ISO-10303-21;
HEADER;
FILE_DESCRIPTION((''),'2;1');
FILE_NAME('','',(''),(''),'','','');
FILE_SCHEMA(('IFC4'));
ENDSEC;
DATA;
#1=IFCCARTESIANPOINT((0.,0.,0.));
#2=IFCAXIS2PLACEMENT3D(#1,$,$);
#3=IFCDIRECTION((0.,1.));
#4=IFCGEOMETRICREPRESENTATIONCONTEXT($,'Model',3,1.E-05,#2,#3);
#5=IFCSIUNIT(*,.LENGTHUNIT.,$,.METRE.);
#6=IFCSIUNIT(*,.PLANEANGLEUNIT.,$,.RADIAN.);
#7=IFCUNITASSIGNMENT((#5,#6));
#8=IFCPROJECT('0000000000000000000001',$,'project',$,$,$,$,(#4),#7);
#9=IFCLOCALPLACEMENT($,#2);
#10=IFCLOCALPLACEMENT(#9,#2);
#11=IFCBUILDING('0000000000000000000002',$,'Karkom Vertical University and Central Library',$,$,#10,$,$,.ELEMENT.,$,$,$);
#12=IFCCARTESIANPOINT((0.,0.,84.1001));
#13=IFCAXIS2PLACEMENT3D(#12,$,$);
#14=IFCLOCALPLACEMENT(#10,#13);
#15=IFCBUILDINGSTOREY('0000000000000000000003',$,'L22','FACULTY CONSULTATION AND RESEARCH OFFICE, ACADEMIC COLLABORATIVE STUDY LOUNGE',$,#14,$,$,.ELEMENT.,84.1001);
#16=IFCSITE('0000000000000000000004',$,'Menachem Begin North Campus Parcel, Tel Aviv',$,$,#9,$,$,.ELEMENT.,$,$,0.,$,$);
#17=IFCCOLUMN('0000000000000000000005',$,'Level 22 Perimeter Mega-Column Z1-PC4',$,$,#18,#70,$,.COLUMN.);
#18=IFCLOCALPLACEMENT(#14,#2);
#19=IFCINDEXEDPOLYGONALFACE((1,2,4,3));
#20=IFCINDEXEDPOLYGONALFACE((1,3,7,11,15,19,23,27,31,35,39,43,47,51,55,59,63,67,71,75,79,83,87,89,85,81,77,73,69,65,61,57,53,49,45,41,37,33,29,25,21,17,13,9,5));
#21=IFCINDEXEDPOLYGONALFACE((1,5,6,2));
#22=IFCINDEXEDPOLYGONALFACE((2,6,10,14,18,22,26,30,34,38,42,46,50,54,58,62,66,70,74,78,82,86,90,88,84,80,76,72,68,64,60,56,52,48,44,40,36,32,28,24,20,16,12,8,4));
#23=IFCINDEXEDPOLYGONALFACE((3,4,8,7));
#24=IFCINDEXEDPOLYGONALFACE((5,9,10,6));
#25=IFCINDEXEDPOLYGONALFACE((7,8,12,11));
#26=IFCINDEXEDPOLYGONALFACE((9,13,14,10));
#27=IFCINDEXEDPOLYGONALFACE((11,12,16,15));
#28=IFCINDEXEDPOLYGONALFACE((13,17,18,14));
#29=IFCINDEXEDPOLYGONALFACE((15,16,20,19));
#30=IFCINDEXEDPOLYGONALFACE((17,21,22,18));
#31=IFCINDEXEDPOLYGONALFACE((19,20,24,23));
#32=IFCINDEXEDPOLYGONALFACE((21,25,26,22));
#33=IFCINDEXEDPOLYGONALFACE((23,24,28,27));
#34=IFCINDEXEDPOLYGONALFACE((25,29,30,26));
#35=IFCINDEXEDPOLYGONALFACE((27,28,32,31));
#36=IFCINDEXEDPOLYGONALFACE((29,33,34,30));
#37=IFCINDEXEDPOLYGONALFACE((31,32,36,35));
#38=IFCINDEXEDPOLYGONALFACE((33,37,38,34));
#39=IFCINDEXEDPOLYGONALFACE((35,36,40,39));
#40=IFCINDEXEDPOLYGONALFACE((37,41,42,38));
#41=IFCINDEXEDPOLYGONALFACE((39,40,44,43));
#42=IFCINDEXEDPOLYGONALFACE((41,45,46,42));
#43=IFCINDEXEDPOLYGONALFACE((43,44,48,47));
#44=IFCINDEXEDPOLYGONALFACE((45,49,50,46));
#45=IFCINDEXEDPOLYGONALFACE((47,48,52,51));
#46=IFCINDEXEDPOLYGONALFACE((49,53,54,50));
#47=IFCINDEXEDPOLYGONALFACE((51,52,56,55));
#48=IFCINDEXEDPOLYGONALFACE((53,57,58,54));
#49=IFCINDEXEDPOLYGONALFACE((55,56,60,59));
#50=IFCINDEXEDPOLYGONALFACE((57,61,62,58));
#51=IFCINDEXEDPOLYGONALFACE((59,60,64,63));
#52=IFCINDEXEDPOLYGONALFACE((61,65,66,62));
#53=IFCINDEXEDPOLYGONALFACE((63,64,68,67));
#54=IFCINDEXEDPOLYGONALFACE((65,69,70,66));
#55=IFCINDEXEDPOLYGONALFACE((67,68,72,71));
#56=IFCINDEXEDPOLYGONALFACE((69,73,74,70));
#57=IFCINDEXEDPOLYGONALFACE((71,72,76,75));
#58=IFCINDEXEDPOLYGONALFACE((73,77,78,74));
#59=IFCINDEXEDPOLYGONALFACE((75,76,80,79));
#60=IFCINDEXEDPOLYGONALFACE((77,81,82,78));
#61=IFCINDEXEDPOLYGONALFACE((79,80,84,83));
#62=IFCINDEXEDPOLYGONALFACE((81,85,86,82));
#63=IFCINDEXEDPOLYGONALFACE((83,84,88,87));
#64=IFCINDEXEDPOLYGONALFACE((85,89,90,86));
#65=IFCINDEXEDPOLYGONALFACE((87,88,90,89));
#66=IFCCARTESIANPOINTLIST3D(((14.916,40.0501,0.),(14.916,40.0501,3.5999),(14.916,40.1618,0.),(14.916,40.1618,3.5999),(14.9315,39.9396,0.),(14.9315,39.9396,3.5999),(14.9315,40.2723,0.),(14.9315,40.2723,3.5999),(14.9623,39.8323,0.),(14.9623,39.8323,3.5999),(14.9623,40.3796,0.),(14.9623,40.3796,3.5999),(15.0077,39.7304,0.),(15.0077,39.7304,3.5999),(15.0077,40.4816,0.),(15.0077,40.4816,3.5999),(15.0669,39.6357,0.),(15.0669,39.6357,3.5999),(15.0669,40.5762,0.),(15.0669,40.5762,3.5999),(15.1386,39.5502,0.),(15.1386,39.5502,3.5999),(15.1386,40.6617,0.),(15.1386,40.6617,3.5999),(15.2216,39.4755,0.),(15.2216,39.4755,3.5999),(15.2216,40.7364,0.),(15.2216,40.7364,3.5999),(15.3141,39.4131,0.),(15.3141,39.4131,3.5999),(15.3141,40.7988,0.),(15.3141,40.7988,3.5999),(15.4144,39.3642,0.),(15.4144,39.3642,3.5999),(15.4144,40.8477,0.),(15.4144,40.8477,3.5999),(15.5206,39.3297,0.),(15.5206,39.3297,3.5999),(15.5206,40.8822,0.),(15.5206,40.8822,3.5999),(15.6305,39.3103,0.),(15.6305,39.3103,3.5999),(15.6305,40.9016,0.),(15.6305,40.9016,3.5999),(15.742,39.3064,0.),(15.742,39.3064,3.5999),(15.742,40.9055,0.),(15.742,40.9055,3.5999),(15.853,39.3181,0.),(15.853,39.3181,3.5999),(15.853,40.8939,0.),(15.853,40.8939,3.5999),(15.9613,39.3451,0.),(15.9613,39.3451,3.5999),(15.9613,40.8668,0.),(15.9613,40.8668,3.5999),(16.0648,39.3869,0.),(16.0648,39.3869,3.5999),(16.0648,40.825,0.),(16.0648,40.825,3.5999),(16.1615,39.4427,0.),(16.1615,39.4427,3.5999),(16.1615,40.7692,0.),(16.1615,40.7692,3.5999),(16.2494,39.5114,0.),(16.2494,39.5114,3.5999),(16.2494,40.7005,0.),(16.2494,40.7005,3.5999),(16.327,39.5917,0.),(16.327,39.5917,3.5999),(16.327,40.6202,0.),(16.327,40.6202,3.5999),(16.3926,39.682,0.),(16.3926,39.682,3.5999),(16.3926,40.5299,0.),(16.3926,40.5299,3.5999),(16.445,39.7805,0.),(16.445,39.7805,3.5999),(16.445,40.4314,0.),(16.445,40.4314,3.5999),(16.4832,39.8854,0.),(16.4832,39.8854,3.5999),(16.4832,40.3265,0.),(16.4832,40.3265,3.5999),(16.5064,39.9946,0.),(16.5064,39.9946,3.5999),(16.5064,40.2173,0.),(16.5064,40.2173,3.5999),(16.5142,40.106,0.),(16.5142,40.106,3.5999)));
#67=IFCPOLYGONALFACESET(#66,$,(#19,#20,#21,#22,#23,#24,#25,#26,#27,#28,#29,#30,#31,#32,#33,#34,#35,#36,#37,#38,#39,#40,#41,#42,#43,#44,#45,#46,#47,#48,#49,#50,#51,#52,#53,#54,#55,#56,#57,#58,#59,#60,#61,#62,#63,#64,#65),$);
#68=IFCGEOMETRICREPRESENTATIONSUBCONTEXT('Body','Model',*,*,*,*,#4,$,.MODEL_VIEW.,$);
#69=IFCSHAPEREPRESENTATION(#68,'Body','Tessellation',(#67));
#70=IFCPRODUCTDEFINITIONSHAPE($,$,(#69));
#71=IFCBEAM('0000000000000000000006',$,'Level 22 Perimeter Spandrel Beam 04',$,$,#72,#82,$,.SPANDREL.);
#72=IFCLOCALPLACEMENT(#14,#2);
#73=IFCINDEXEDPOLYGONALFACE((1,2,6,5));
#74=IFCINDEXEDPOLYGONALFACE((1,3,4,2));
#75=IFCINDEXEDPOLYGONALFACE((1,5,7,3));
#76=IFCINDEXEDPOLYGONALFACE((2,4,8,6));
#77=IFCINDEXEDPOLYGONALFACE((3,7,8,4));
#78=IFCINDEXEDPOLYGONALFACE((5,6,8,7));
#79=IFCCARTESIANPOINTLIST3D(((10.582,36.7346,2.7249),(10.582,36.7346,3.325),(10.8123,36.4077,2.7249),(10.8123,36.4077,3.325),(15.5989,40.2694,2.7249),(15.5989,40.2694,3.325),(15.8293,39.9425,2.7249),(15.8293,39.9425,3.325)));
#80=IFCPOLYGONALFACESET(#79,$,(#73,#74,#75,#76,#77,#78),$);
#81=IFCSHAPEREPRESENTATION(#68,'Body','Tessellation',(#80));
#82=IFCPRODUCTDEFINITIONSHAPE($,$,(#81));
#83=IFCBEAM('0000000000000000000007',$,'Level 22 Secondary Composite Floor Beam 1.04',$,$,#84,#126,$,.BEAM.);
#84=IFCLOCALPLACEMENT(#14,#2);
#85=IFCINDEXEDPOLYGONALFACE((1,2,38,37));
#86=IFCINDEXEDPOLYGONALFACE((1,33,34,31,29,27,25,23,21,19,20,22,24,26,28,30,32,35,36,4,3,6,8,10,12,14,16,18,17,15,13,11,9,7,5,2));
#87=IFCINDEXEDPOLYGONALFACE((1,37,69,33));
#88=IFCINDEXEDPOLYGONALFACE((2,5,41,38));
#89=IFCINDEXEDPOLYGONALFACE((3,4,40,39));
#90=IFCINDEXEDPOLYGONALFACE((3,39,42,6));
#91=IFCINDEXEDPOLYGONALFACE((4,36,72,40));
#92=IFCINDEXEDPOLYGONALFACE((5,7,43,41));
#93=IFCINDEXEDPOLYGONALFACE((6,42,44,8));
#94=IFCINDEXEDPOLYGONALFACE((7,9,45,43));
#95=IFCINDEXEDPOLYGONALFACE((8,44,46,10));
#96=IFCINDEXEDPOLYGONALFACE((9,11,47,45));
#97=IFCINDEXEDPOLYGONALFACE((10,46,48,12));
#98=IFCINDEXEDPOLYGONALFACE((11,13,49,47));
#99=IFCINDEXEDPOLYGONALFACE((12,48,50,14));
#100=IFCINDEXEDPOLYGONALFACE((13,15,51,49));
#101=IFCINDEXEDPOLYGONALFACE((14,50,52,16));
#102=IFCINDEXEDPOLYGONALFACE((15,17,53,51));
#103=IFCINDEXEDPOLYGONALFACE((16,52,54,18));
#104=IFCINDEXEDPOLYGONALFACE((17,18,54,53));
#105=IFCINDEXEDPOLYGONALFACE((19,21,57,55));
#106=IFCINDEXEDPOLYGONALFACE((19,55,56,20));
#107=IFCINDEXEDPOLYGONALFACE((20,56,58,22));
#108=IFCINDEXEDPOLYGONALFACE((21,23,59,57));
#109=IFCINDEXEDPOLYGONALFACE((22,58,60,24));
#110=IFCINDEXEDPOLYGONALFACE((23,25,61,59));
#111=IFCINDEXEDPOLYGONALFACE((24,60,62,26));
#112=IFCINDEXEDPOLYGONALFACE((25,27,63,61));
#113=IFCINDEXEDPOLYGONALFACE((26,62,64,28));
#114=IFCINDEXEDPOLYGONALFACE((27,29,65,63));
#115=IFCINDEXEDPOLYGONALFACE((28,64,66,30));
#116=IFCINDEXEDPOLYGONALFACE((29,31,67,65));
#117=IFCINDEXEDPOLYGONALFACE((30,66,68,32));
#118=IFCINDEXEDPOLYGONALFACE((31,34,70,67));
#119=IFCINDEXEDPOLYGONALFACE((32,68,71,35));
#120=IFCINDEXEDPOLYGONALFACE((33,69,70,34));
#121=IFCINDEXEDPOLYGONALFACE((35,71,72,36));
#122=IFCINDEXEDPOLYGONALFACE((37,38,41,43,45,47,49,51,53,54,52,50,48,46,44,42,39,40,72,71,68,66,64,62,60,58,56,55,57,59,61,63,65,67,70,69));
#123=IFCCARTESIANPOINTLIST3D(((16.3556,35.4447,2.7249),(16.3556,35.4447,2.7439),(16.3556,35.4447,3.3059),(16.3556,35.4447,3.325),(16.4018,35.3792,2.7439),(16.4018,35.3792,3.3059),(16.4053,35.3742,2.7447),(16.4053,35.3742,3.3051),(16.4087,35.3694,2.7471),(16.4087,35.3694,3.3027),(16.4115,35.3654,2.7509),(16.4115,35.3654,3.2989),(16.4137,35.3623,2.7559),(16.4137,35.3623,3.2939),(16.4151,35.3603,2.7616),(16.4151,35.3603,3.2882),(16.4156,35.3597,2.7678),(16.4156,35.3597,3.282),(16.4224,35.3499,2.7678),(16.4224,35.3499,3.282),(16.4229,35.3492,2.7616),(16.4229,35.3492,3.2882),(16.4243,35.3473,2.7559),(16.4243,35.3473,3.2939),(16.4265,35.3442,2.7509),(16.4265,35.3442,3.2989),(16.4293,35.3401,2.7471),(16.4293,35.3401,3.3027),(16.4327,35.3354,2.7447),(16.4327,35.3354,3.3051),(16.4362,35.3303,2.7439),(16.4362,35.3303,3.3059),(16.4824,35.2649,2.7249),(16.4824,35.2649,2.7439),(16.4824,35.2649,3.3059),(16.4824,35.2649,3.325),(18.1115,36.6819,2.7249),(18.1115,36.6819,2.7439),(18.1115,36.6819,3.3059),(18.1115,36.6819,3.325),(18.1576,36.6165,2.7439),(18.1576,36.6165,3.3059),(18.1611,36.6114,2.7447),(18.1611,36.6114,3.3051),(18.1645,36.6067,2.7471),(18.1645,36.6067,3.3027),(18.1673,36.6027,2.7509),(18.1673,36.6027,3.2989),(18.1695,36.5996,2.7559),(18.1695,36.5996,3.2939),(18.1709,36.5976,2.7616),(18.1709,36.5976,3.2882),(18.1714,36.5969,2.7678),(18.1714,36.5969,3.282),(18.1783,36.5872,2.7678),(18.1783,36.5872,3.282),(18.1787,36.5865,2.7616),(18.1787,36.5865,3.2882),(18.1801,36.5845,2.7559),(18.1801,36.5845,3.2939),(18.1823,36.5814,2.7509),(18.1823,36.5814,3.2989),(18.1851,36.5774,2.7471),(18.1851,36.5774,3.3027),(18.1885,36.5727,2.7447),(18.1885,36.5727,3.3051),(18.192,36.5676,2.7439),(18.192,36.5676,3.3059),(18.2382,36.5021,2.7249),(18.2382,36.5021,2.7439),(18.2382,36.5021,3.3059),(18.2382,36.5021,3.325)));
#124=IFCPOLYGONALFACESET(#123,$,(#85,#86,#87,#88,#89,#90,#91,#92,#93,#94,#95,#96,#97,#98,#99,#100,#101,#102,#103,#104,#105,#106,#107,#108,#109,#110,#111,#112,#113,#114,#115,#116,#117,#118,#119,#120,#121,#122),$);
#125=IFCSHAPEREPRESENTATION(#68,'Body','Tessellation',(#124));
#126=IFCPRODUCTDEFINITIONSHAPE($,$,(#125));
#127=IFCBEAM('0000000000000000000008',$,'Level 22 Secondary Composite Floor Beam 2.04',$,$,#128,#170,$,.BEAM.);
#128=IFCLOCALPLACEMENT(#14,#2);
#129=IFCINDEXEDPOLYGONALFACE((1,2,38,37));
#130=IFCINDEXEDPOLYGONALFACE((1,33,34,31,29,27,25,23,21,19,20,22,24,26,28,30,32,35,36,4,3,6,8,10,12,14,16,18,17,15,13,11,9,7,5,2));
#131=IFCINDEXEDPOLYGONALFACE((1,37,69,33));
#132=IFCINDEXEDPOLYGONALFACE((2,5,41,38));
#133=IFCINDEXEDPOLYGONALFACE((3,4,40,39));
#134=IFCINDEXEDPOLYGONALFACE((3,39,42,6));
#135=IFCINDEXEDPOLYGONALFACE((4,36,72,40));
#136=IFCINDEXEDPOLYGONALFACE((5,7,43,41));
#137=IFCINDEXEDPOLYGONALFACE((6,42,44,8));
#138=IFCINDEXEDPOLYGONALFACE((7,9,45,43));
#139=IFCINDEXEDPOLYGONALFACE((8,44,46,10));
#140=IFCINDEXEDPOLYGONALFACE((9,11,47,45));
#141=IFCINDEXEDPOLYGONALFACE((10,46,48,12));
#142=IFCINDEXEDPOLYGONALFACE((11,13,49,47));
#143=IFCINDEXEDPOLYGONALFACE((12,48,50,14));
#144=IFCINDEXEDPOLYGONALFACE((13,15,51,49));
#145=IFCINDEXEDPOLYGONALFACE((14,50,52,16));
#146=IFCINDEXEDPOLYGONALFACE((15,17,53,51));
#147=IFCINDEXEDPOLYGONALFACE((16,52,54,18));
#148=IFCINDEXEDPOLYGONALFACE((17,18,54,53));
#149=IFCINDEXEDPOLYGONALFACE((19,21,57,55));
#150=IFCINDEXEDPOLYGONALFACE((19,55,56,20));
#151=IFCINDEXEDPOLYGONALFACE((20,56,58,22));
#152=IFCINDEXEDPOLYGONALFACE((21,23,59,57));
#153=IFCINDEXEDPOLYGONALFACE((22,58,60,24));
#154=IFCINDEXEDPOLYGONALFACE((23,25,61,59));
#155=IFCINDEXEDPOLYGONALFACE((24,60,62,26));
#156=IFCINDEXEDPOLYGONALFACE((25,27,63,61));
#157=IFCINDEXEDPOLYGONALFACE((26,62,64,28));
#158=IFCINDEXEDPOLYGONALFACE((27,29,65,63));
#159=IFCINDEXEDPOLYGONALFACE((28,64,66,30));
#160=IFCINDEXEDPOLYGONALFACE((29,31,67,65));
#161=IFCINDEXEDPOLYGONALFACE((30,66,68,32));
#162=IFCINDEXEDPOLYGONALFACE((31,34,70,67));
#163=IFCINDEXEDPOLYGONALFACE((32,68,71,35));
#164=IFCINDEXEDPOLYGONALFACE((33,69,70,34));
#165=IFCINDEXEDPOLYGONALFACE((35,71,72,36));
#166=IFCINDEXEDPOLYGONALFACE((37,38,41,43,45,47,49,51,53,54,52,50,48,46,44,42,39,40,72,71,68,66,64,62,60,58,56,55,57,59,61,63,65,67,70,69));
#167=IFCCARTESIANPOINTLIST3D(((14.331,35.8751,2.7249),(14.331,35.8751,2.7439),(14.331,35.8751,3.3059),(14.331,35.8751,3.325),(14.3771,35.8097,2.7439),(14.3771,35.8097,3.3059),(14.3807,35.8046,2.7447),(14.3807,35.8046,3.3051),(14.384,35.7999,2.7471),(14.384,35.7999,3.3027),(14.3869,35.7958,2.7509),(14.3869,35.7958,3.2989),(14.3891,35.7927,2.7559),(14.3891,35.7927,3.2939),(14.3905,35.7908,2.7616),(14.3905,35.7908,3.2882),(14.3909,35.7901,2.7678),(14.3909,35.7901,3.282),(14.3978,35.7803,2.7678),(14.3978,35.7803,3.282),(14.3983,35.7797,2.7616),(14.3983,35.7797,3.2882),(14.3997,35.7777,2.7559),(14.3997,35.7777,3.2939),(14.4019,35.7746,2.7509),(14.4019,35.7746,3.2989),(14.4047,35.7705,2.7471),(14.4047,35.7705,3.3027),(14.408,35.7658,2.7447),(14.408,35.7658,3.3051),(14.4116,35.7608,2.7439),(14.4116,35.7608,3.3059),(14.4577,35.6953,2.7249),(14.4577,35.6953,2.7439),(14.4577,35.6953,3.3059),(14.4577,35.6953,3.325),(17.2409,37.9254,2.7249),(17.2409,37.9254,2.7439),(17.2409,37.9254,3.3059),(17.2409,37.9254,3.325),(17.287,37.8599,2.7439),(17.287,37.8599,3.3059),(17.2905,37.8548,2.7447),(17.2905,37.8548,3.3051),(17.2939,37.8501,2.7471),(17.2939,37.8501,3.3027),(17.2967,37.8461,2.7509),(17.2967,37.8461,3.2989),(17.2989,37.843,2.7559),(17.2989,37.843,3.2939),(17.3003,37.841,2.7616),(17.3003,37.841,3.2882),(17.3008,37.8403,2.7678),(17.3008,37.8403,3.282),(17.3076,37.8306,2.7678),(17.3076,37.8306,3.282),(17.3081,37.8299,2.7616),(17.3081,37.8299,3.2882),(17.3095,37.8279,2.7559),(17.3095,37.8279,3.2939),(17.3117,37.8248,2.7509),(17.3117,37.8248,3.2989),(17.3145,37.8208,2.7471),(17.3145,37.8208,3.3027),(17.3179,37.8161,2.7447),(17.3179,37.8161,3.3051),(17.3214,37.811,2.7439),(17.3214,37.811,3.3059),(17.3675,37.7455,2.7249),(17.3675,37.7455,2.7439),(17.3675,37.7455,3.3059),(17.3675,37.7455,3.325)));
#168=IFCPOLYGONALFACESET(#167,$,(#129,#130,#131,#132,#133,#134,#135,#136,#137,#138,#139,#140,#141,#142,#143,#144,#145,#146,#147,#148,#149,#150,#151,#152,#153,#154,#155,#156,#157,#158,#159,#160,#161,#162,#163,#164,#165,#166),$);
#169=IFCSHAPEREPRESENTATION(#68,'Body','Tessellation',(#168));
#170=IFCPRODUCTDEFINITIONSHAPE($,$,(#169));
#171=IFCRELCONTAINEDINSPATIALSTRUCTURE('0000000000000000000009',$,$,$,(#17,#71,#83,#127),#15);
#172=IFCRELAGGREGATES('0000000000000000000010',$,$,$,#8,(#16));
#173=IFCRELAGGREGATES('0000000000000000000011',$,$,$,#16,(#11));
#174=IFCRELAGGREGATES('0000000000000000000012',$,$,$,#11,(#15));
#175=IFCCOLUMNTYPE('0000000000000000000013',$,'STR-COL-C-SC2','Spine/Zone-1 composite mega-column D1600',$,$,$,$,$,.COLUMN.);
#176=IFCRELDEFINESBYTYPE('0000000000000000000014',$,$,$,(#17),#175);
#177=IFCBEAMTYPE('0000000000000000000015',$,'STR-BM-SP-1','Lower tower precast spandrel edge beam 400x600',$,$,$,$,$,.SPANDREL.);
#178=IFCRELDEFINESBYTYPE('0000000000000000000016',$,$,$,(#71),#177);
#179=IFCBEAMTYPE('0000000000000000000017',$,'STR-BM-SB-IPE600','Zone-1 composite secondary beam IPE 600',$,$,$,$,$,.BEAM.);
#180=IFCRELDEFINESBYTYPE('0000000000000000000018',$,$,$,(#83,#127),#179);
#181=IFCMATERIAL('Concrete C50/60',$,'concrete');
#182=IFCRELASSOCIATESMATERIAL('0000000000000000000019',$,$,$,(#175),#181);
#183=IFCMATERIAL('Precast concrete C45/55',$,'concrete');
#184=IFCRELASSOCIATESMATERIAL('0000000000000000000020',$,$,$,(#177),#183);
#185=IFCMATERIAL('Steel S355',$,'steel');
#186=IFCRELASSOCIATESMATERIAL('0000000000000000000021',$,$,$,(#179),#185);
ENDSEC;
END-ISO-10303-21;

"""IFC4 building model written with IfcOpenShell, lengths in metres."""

from ifc_helpers import new_model, si_unit, direction, frame, origin, origin_with_axes, origin_2d, place, context, subcontext, project, spatial, rectangle, circle, i_section, extrude, source, transform, mapped, material, material_profile, profile_set, type_object, element, save


model = new_model("IFC4")

# Units and contexts
model_context = context("Model", 3, precision=1e-05, world=origin(), true_north=direction((0.0, 1.0)))
body_context = subcontext(model_context, "Body", "Model", "MODEL_VIEW")
ifc_project = project(units=[si_unit("LENGTHUNIT", "METRE"), si_unit("PLANEANGLEUNIT", "RADIAN")], contexts=[model_context])

# Site, building, storey
site_placement = place(None, origin())
site = spatial("IfcSite", under=ifc_project, at=site_placement, Name="Menachem Begin North Campus Parcel, Tel Aviv", CompositionType="ELEMENT", RefElevation=0.0)
building_placement = place(site_placement, origin())
building = spatial("IfcBuilding", under=site, at=building_placement, Name="Karkom Vertical University and Central Library", CompositionType="ELEMENT")
storey_placement = place(building_placement, frame((0.0, 0.0, 84.1001)))
storey = spatial("IfcBuildingStorey", under=building, at=storey_placement, Name="L22", Description="FACULTY CONSULTATION AND RESEARCH OFFICE, ACADEMIC COLLABORATIVE STUDY LOUNGE", CompositionType="ELEMENT", Elevation=84.1001)

# Column
ifc_material_1 = material(Name="Concrete C50/60", Category="concrete")
ifc_material_profile_1 = material_profile(ifc_material_1, circle(Radius=0.8, at=origin_2d()), Name="CFT-D1600")
ifc_profile_set_1 = profile_set([ifc_material_profile_1], Name="Concrete C50/60")
column_type = type_object("IfcColumnType", Name="STR-COL-C-SC2", Description="Spine/Zone-1 composite mega-column D1600", PredefinedType="COLUMN", material=ifc_profile_set_1)
shared_shape_1 = source(origin_with_axes(), body_context, "Body", "SweptSolid", [
    extrude(circle(Radius=0.8, at=origin_2d()), origin(), (0.0, 0.0, 1.0), 3.5999),
])
column_placement = place(storey_placement, frame((15.7141, 40.106, 0.0), z_axis=(0.0, 0.0, 1.0), x_axis=(1.0, 0.0, 0.0)))
element("IfcColumn", 1, at=column_placement, inside=storey, type_object=column_type, Name="Level 22 Perimeter Mega-Column Z1-PC4", PredefinedType="COLUMN", context=body_context, shape_type="MappedRepresentation", body=[
    mapped(shared_shape_1, transform((0.0, 0.0, 0.0), scale=1.0)),
])

# Beams
ifc_material_2 = material(Name="Precast concrete C45/55", Category="concrete")
ifc_material_profile_2 = material_profile(ifc_material_2, rectangle(XDim=0.3999, YDim=0.6001, at=origin_2d()), Name="SPB-400x600")
ifc_profile_set_2 = profile_set([ifc_material_profile_2], Name="Precast concrete C45/55")
beam_type_1 = type_object("IfcBeamType", Name="STR-BM-SP-1", Description="Lower tower precast spandrel edge beam 400x600", PredefinedType="SPANDREL", material=ifc_profile_set_2)
shared_shape_2 = source(origin_with_axes(), body_context, "Body", "SweptSolid", [
    extrude(rectangle(XDim=0.3999, YDim=0.6001, at=origin_2d()), origin(), (0.0, 0.0, 1.0), 6.1372),
])
beam_1_placement = place(storey_placement, frame((15.7141, 40.106, 3.0249), z_axis=(-0.817471, -0.575969, 0.0), x_axis=(0.575969, -0.817471, 0.0)))
element("IfcBeam", 2, at=beam_1_placement, inside=storey, type_object=beam_type_1, Name="Level 22 Perimeter Spandrel Beam 04", PredefinedType="SPANDREL", context=body_context, shape_type="MappedRepresentation", body=[
    mapped(shared_shape_2, transform((0.0, 0.0, 0.0), scale=1.0)),
])
ifc_material_3 = material(Name="Steel S355", Category="steel")
ifc_material_profile_3 = material_profile(ifc_material_3, i_section(OverallWidth=0.22, OverallDepth=0.6001, WebThickness=0.012, FlangeThickness=0.019, FilletRadius=0.0239, at=origin_2d()), Name="IPE 600")
ifc_profile_set_3 = profile_set([ifc_material_profile_3], Name="Steel S355")
beam_type_2 = type_object("IfcBeamType", Name="STR-BM-SB-IPE600", Description="Zone-1 composite secondary beam IPE 600", PredefinedType="BEAM", material=ifc_profile_set_3)
shared_shape_3 = source(origin_with_axes(), body_context, "Body", "SweptSolid", [
    extrude(i_section(OverallWidth=0.22, OverallDepth=0.6001, WebThickness=0.012, FlangeThickness=0.019, FilletRadius=0.0239, at=origin_2d()), origin(), (0.0, 0.0, 1.0), 2.1479),
])
beam_2_placement = place(storey_placement, frame((18.1748, 36.592, 3.0249), z_axis=(-0.817434, -0.576023, 0.0), x_axis=(0.576023, -0.817434, 0.0)))
element("IfcBeam", 3, at=beam_2_placement, inside=storey, type_object=beam_type_2, Name="Level 22 Secondary Composite Floor Beam 1.04", PredefinedType="BEAM", context=body_context, shape_type="MappedRepresentation", body=[
    mapped(shared_shape_3, transform((0.0, 0.0, 0.0), scale=1.0)),
])
shared_shape_4 = source(origin_with_axes(), body_context, "Body", "SweptSolid", [
    extrude(i_section(OverallWidth=0.22, OverallDepth=0.6001, WebThickness=0.012, FlangeThickness=0.019, FilletRadius=0.0239, at=origin_2d()), origin(), (0.0, 0.0, 1.0), 3.5596),
])
beam_3_placement = place(storey_placement, frame((17.3042, 37.8354, 3.0249), z_axis=(-0.817466, -0.575977, 0.0), x_axis=(0.575977, -0.817466, 0.0)))
element("IfcBeam", 4, at=beam_3_placement, inside=storey, type_object=beam_type_2, Name="Level 22 Secondary Composite Floor Beam 2.04", PredefinedType="BEAM", context=body_context, shape_type="MappedRepresentation", body=[
    mapped(shared_shape_4, transform((0.0, 0.0, 0.0), scale=1.0)),
])

save(model, "model.ifc")
